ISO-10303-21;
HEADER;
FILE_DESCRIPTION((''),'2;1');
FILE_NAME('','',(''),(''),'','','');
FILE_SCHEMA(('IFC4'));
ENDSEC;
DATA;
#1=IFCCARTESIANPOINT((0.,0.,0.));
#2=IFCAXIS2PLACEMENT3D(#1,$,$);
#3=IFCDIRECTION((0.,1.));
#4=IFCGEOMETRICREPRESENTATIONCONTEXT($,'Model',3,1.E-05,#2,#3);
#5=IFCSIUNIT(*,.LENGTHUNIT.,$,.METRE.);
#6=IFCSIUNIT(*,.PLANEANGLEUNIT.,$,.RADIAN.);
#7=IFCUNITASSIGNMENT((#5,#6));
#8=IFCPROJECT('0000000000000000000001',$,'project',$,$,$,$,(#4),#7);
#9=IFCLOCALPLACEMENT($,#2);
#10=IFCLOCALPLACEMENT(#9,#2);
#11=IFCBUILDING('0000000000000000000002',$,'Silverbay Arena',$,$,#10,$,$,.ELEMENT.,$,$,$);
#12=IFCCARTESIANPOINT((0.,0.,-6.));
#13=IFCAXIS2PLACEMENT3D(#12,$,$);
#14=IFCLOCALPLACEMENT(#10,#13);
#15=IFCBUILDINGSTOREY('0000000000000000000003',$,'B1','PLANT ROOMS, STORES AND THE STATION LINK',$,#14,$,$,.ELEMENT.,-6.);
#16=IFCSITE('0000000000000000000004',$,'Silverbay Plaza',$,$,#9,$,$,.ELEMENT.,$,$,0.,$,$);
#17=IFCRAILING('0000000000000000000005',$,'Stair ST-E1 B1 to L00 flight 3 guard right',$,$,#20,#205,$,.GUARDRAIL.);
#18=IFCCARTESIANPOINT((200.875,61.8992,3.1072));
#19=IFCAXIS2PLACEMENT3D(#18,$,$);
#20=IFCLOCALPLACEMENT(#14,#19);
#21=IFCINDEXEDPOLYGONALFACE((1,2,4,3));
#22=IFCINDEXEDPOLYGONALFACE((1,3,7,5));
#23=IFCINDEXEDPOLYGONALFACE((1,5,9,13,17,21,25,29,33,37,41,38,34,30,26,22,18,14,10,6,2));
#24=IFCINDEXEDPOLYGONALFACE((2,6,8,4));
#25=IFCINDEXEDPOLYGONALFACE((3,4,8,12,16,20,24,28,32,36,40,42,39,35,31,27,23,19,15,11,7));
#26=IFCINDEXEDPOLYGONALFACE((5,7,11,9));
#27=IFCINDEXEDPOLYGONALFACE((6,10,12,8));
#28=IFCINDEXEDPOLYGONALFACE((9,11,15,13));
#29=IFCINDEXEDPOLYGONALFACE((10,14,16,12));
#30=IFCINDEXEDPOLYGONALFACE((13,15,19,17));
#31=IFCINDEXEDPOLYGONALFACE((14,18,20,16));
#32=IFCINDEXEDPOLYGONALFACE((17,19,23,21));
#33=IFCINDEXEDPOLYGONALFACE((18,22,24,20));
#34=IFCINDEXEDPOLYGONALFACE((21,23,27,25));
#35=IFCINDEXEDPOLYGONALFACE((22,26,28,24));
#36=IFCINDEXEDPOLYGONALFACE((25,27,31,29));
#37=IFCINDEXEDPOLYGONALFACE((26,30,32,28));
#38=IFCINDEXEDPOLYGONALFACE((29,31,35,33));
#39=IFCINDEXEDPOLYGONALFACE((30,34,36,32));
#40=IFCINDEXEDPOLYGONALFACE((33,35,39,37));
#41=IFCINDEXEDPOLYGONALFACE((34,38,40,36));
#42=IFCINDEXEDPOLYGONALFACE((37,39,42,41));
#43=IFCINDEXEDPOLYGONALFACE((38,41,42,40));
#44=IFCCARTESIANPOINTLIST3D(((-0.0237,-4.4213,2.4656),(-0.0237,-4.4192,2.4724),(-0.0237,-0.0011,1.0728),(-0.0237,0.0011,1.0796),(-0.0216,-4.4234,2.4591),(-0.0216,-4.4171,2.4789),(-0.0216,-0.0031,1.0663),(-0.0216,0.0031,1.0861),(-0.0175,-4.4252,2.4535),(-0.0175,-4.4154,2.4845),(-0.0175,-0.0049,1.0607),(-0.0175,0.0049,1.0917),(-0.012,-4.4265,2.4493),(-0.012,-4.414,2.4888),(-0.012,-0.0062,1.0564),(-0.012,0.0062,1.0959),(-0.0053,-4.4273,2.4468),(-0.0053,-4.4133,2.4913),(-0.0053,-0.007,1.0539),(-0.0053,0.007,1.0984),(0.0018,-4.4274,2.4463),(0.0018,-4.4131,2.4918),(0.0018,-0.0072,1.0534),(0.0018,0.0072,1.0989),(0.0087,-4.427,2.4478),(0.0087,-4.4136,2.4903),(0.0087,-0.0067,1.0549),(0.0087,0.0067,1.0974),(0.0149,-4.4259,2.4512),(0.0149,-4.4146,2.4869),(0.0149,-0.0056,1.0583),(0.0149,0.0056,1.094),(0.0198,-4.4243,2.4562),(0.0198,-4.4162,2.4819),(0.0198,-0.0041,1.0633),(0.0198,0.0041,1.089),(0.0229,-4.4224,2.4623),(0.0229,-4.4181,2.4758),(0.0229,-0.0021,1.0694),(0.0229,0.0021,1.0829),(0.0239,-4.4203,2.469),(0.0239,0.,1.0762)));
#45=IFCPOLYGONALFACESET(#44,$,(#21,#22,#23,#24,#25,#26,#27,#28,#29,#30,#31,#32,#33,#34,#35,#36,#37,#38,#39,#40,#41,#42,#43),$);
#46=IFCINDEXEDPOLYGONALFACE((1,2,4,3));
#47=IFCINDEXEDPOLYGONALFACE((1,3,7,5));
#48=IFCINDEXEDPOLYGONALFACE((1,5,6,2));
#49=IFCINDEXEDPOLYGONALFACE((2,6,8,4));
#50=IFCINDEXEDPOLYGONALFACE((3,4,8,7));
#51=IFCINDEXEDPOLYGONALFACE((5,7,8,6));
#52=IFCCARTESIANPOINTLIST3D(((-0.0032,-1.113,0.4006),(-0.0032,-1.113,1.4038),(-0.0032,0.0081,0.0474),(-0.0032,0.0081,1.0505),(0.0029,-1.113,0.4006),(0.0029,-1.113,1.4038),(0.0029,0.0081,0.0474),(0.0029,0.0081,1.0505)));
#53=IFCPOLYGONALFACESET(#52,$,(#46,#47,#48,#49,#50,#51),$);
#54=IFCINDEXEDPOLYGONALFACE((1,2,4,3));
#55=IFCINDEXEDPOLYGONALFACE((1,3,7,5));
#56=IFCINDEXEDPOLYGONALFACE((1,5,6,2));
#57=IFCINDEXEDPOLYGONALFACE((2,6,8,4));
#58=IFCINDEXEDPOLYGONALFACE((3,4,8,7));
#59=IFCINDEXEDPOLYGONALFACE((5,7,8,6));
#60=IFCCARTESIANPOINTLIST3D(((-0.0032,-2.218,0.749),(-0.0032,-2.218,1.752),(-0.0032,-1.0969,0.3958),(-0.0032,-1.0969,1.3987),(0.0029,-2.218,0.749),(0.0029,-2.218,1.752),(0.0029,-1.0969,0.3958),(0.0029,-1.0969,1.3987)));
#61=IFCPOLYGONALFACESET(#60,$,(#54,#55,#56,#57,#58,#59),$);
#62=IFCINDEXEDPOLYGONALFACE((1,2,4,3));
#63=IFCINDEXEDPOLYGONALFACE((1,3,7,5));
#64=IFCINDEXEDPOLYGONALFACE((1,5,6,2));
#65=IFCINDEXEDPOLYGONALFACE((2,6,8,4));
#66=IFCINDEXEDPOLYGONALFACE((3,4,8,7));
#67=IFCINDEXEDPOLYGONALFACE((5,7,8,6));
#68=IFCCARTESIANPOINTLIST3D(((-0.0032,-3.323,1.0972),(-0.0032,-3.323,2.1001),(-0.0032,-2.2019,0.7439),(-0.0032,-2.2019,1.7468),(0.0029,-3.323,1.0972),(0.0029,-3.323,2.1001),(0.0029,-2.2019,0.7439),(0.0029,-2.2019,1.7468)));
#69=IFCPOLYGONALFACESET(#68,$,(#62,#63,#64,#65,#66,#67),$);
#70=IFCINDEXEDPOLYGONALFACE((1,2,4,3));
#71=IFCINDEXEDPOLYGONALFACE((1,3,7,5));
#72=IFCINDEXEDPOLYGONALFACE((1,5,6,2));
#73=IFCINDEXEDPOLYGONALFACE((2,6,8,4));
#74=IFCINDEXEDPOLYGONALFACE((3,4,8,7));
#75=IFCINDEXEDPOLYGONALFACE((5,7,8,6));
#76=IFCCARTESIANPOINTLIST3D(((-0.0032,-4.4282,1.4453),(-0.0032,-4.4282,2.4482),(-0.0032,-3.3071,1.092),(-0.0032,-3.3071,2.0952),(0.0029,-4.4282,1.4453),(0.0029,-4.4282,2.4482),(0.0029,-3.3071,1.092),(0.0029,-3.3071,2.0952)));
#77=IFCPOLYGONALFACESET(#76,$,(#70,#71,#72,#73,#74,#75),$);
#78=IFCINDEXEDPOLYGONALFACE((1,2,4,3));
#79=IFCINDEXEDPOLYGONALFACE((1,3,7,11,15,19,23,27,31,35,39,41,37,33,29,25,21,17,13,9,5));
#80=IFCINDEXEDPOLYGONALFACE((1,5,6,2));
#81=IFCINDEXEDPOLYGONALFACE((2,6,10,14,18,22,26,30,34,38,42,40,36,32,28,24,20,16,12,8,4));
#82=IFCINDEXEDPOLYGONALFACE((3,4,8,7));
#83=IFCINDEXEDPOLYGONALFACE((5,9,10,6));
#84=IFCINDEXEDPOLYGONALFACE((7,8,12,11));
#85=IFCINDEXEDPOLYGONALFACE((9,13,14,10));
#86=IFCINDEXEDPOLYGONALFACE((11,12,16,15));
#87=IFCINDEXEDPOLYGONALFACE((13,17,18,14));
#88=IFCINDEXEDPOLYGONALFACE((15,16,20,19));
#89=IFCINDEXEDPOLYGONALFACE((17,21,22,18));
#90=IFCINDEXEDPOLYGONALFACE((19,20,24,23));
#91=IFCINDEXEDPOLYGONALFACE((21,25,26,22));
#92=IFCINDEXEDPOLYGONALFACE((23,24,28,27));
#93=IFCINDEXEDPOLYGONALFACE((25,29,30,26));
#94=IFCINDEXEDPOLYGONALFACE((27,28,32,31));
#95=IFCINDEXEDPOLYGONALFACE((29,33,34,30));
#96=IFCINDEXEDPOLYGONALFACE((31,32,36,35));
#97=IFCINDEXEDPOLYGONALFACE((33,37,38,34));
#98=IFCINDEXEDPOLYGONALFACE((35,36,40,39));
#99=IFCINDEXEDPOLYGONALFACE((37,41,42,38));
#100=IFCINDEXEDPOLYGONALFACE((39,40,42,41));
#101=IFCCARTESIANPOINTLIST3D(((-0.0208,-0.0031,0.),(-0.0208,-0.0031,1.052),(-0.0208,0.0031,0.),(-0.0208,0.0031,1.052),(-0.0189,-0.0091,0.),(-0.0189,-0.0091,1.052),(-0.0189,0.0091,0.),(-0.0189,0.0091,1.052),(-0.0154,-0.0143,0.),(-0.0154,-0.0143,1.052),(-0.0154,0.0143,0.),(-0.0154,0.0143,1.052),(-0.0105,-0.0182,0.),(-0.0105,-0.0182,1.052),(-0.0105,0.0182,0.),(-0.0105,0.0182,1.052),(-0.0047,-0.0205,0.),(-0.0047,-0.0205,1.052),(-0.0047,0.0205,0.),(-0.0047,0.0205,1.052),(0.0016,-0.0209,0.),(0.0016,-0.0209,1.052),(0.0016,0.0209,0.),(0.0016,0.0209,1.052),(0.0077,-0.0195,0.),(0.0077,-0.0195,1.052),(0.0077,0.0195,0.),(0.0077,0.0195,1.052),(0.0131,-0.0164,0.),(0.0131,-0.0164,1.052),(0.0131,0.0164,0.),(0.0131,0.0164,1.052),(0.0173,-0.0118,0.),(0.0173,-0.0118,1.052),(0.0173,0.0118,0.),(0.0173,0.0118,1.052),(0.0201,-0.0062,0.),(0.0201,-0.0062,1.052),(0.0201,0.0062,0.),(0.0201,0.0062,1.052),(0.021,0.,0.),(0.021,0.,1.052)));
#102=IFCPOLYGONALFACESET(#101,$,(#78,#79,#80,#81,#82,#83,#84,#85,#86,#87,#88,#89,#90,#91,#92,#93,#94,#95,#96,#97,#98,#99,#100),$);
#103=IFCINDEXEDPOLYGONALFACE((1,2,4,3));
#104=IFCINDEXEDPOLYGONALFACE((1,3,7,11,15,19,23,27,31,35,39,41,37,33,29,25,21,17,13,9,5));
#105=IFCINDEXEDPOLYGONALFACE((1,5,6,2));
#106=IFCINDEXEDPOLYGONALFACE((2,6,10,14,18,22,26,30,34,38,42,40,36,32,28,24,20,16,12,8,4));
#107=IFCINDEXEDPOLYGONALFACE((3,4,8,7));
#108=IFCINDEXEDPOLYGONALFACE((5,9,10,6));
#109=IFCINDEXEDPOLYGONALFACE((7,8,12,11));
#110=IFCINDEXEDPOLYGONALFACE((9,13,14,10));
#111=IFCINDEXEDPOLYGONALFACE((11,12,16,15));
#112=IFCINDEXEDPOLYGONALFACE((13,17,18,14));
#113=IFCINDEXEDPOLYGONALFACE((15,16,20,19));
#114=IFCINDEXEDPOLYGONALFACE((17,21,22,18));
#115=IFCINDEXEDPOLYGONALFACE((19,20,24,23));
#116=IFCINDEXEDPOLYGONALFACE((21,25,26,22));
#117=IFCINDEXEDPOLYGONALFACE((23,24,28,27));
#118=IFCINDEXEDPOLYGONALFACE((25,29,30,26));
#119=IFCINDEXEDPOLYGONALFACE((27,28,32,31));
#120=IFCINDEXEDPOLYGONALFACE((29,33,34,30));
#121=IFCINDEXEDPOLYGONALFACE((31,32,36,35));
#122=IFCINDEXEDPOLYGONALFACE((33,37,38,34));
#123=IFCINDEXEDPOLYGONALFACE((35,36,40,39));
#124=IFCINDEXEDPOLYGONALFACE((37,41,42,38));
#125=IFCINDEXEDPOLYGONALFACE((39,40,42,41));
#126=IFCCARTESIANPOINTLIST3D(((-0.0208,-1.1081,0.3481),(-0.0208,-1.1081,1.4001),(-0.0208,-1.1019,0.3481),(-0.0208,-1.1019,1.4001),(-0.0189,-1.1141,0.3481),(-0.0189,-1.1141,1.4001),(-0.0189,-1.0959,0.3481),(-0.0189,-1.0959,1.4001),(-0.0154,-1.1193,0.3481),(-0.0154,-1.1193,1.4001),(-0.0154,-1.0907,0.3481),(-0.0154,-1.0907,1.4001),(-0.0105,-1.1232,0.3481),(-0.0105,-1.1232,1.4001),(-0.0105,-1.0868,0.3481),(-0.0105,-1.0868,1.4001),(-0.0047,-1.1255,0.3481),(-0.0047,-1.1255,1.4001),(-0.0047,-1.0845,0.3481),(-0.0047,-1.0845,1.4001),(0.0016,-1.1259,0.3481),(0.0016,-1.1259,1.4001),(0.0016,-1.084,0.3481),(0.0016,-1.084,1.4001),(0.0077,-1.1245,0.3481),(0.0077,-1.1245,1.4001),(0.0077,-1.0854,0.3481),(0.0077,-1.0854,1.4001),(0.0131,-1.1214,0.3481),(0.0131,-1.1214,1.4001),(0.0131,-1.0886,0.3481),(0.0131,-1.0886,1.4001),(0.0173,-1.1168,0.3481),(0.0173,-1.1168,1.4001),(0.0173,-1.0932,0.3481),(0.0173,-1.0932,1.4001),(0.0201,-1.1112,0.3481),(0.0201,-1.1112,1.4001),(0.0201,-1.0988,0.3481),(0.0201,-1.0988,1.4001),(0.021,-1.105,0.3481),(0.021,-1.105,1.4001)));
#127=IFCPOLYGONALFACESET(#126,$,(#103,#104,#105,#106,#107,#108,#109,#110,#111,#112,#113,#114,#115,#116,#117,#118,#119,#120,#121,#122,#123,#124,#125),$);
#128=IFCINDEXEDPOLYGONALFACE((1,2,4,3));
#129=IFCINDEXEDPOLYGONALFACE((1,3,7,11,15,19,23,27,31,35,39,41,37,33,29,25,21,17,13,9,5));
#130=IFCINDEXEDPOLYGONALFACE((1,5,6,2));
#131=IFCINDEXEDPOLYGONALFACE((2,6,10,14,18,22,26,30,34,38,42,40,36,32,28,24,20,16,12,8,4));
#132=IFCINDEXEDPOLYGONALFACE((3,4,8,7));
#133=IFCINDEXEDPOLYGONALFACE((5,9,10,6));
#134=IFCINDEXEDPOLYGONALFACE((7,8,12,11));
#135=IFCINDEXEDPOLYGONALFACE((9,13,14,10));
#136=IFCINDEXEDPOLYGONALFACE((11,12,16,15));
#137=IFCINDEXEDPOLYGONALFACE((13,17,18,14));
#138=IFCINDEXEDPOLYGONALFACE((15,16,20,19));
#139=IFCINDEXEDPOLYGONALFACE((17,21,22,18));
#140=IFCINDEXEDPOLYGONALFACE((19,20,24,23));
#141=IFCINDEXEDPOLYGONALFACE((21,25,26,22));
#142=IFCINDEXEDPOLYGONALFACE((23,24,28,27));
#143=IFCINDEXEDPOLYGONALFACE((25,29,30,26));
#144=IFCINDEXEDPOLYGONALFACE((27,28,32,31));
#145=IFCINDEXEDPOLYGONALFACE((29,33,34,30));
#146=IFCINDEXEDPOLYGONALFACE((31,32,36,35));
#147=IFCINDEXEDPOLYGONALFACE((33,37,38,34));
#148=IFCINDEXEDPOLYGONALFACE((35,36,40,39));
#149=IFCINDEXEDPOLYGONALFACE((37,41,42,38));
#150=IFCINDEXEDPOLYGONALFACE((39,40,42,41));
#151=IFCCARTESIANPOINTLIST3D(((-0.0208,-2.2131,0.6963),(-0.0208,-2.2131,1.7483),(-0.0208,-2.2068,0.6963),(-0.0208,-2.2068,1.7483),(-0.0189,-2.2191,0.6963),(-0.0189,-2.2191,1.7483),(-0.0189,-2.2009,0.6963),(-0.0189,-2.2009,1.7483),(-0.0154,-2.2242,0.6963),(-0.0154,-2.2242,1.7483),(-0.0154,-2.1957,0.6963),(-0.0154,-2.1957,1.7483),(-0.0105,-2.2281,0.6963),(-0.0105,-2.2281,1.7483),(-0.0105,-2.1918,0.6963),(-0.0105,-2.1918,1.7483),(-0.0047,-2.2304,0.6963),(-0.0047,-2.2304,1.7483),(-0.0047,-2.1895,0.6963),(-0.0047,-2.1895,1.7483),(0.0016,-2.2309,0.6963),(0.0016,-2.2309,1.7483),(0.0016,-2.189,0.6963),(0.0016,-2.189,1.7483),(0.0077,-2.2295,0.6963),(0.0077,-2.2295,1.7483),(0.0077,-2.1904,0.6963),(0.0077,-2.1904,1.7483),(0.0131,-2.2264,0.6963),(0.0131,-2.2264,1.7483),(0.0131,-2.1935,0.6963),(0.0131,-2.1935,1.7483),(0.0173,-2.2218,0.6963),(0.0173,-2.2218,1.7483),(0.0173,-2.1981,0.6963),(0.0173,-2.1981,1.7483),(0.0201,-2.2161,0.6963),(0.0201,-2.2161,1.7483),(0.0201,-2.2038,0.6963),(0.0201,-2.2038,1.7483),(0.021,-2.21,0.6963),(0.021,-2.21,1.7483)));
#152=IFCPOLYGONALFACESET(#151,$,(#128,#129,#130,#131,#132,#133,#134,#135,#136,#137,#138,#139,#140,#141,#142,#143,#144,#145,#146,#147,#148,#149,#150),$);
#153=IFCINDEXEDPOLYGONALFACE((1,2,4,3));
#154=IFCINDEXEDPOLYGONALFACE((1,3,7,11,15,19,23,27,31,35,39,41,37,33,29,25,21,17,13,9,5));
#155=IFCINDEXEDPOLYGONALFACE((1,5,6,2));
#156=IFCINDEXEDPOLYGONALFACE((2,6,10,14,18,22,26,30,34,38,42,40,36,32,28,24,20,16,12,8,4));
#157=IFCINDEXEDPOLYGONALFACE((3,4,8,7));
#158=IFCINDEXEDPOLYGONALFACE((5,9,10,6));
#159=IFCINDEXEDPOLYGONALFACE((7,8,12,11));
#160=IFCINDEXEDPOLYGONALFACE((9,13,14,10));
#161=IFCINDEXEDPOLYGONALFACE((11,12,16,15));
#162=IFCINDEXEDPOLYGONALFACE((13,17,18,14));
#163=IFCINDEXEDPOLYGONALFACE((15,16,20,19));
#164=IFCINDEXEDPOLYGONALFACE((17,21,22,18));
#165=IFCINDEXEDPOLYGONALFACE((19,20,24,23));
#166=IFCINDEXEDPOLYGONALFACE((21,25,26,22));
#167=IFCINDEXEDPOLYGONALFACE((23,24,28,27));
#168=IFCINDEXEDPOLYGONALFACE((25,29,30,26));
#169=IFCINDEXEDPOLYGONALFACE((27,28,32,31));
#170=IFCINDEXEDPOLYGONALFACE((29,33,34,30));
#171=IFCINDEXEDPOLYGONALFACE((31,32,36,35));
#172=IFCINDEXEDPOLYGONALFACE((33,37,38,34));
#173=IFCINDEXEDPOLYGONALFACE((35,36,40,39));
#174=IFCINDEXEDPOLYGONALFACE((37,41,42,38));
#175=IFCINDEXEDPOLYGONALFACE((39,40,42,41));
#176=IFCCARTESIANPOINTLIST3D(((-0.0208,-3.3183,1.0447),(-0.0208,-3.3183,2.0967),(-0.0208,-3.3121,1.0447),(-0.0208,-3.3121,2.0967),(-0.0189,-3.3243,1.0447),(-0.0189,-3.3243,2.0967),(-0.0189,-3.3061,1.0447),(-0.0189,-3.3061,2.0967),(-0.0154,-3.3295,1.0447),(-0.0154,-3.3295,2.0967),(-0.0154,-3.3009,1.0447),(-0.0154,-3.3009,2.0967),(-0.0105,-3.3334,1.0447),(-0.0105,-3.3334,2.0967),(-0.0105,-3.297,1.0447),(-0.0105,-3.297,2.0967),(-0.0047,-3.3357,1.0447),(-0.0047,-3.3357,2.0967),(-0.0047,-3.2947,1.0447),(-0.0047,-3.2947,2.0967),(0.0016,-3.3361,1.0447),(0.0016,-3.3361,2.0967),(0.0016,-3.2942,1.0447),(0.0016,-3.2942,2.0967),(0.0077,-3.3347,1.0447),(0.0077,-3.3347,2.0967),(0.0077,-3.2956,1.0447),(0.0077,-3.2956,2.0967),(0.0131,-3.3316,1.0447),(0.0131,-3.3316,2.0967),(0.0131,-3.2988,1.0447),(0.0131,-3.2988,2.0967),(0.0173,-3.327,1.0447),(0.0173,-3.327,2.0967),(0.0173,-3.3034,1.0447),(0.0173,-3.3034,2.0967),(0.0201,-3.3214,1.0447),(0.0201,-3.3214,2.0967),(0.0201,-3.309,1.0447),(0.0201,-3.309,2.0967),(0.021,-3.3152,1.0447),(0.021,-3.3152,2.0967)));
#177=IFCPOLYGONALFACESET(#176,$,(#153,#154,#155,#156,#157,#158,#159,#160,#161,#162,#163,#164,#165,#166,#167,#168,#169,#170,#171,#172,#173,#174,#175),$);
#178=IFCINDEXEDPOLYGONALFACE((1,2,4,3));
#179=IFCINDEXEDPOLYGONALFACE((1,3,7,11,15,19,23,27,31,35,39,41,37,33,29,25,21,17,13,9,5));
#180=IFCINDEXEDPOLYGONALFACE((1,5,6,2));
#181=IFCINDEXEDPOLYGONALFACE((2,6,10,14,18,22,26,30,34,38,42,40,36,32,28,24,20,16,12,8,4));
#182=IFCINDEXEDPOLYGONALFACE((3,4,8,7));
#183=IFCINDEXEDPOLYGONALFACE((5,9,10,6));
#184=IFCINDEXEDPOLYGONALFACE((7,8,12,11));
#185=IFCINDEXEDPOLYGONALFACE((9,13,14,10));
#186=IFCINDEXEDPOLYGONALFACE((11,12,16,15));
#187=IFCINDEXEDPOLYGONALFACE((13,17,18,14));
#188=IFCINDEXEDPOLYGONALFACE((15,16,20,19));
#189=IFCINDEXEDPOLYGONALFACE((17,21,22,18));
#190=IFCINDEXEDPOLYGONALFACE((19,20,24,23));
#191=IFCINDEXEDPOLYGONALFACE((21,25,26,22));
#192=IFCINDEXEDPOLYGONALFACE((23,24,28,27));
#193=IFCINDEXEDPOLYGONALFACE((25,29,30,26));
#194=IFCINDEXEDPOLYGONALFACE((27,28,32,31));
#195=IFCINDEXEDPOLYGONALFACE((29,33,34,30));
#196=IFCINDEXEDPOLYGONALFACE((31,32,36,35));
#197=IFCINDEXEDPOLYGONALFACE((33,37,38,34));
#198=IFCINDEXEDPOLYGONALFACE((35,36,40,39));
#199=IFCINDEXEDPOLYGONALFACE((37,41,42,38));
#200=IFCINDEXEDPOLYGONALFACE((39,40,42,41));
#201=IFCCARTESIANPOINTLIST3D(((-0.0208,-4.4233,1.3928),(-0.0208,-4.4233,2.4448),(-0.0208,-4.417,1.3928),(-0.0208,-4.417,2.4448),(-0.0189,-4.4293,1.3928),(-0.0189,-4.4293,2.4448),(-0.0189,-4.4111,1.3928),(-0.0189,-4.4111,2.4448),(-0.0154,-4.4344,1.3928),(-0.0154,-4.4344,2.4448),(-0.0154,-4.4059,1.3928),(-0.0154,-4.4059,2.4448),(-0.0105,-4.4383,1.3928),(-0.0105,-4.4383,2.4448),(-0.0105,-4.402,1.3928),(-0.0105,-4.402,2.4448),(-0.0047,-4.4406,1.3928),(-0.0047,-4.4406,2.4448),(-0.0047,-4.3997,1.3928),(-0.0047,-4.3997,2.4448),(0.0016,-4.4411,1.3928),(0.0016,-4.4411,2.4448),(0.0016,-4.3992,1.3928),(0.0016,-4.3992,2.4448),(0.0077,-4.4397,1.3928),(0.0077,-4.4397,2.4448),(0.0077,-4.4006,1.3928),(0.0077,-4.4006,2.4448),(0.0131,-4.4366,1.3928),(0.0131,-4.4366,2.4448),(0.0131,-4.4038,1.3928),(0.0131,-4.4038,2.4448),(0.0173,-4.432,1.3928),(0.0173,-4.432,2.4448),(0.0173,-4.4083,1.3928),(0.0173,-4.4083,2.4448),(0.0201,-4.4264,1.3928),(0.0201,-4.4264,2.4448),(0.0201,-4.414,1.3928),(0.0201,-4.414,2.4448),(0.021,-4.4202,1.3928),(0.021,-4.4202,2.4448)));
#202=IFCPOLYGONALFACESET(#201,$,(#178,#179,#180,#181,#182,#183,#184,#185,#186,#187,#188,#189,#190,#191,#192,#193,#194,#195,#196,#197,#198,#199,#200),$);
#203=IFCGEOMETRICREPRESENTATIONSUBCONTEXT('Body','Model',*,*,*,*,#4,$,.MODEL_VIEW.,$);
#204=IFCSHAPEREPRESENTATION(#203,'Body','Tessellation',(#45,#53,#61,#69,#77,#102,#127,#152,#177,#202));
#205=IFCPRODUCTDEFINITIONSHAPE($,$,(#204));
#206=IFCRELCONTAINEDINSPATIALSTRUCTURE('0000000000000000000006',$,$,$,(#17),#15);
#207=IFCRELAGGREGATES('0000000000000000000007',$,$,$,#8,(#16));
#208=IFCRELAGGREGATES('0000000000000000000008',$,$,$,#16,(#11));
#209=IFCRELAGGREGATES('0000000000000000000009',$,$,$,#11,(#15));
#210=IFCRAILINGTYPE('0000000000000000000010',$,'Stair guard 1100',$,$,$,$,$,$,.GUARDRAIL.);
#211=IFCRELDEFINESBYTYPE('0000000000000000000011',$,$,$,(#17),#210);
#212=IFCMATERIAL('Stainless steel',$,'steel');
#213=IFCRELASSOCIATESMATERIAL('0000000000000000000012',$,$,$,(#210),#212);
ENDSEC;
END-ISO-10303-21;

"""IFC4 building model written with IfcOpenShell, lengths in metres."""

from ifc_helpers import new_model, si_unit, direction, frame, origin, origin_2d, place, context, subcontext, project, spatial, polyline, circle, outline, extrude, material, type_object, element, save


model = new_model("IFC4")

# Units and contexts
model_context = context("Model", 3, precision=1e-05, world=origin(), true_north=direction((0.0, 1.0)))
body_context = subcontext(model_context, "Body", "Model", "MODEL_VIEW")
ifc_project = project(units=[si_unit("LENGTHUNIT", "METRE"), si_unit("PLANEANGLEUNIT", "RADIAN")], contexts=[model_context])

# Site, building, storey
site_placement = place(None, origin())
site = spatial("IfcSite", under=ifc_project, at=site_placement, Name="Silverbay Plaza", CompositionType="ELEMENT", RefElevation=0.0)
building_placement = place(site_placement, origin())
building = spatial("IfcBuilding", under=site, at=building_placement, Name="Silverbay Arena", CompositionType="ELEMENT")
storey_placement = place(building_placement, frame((0.0, 0.0, -6.0)))
storey = spatial("IfcBuildingStorey", under=building, at=storey_placement, Name="B1", Description="PLANT ROOMS, STORES AND THE STATION LINK", CompositionType="ELEMENT", Elevation=-6.0)

# Railing
ifc_material_1 = material(Name="Stainless steel", Category="steel")
railing_type_1 = type_object("IfcRailingType", Name="Stair guard 1100", PredefinedType="GUARDRAIL", material=ifc_material_1)
railing_1_placement = place(storey_placement, frame((200.875, 61.8992, 3.1072)))
element("IfcRailing", 1, at=railing_1_placement, inside=storey, type_object=railing_type_1, Name="Stair ST-E1 B1 to L00 flight 3 guard right", PredefinedType="GUARDRAIL", context=body_context, shape_type="SweptSolid", body=[
    extrude(circle(Radius=0.0239, at=origin_2d()), frame((0.0, 0.0, 1.0762), z_axis=(0.0, -0.95377, 0.300539), x_axis=(1.0, 0.0, 0.0)), (0.0, 0.0, 1.0), 4.6345),
    extrude(outline(polyline([(-0.0081, 0.0474), (1.113, 0.4006), (1.113, 1.4038), (-0.0081, 1.0505), (-0.0081, 0.0474)])), frame((0.0029, 0.0, 0.0), z_axis=(-1.0, 0.0, 0.0), x_axis=(0.0, -1.0, 0.0)), (0.0, 0.0, 1.0), 0.0061),
    extrude(outline(polyline([(-0.0081, 0.3958), (1.113, 0.749), (1.113, 1.752), (-0.0081, 1.3987), (-0.0081, 0.3958)])), frame((0.0029, -1.105, 0.0), z_axis=(-1.0, 0.0, 0.0), x_axis=(0.0, -1.0, 0.0)), (0.0, 0.0, 1.0), 0.0061),
    extrude(outline(polyline([(-0.0081, 0.7439), (1.113, 1.0972), (1.113, 2.1001), (-0.0081, 1.7468), (-0.0081, 0.7439)])), frame((0.0029, -2.21, 0.0), z_axis=(-1.0, 0.0, 0.0), x_axis=(0.0, -1.0, 0.0)), (0.0, 0.0, 1.0), 0.0061),
    extrude(outline(polyline([(-0.0081, 1.092), (1.113, 1.4453), (1.113, 2.4482), (-0.0081, 2.0952), (-0.0081, 1.092)])), frame((0.0029, -3.3152, 0.0), z_axis=(-1.0, 0.0, 0.0), x_axis=(0.0, -1.0, 0.0)), (0.0, 0.0, 1.0), 0.0061),
    extrude(circle(Radius=0.021, at=origin_2d()), origin(), (0.0, 0.0, 1.0), 1.052),
    extrude(circle(Radius=0.021, at=origin_2d()), frame((0.0, -1.105, 0.3481)), (0.0, 0.0, 1.0), 1.052),
    extrude(circle(Radius=0.021, at=origin_2d()), frame((0.0, -2.21, 0.6963)), (0.0, 0.0, 1.0), 1.052),
    extrude(circle(Radius=0.021, at=origin_2d()), frame((0.0, -3.3152, 1.0447)), (0.0, 0.0, 1.0), 1.052),
    extrude(circle(Radius=0.021, at=origin_2d()), frame((0.0, -4.4202, 1.3928)), (0.0, 0.0, 1.0), 1.052),
])

save(model, "model.ifc")
